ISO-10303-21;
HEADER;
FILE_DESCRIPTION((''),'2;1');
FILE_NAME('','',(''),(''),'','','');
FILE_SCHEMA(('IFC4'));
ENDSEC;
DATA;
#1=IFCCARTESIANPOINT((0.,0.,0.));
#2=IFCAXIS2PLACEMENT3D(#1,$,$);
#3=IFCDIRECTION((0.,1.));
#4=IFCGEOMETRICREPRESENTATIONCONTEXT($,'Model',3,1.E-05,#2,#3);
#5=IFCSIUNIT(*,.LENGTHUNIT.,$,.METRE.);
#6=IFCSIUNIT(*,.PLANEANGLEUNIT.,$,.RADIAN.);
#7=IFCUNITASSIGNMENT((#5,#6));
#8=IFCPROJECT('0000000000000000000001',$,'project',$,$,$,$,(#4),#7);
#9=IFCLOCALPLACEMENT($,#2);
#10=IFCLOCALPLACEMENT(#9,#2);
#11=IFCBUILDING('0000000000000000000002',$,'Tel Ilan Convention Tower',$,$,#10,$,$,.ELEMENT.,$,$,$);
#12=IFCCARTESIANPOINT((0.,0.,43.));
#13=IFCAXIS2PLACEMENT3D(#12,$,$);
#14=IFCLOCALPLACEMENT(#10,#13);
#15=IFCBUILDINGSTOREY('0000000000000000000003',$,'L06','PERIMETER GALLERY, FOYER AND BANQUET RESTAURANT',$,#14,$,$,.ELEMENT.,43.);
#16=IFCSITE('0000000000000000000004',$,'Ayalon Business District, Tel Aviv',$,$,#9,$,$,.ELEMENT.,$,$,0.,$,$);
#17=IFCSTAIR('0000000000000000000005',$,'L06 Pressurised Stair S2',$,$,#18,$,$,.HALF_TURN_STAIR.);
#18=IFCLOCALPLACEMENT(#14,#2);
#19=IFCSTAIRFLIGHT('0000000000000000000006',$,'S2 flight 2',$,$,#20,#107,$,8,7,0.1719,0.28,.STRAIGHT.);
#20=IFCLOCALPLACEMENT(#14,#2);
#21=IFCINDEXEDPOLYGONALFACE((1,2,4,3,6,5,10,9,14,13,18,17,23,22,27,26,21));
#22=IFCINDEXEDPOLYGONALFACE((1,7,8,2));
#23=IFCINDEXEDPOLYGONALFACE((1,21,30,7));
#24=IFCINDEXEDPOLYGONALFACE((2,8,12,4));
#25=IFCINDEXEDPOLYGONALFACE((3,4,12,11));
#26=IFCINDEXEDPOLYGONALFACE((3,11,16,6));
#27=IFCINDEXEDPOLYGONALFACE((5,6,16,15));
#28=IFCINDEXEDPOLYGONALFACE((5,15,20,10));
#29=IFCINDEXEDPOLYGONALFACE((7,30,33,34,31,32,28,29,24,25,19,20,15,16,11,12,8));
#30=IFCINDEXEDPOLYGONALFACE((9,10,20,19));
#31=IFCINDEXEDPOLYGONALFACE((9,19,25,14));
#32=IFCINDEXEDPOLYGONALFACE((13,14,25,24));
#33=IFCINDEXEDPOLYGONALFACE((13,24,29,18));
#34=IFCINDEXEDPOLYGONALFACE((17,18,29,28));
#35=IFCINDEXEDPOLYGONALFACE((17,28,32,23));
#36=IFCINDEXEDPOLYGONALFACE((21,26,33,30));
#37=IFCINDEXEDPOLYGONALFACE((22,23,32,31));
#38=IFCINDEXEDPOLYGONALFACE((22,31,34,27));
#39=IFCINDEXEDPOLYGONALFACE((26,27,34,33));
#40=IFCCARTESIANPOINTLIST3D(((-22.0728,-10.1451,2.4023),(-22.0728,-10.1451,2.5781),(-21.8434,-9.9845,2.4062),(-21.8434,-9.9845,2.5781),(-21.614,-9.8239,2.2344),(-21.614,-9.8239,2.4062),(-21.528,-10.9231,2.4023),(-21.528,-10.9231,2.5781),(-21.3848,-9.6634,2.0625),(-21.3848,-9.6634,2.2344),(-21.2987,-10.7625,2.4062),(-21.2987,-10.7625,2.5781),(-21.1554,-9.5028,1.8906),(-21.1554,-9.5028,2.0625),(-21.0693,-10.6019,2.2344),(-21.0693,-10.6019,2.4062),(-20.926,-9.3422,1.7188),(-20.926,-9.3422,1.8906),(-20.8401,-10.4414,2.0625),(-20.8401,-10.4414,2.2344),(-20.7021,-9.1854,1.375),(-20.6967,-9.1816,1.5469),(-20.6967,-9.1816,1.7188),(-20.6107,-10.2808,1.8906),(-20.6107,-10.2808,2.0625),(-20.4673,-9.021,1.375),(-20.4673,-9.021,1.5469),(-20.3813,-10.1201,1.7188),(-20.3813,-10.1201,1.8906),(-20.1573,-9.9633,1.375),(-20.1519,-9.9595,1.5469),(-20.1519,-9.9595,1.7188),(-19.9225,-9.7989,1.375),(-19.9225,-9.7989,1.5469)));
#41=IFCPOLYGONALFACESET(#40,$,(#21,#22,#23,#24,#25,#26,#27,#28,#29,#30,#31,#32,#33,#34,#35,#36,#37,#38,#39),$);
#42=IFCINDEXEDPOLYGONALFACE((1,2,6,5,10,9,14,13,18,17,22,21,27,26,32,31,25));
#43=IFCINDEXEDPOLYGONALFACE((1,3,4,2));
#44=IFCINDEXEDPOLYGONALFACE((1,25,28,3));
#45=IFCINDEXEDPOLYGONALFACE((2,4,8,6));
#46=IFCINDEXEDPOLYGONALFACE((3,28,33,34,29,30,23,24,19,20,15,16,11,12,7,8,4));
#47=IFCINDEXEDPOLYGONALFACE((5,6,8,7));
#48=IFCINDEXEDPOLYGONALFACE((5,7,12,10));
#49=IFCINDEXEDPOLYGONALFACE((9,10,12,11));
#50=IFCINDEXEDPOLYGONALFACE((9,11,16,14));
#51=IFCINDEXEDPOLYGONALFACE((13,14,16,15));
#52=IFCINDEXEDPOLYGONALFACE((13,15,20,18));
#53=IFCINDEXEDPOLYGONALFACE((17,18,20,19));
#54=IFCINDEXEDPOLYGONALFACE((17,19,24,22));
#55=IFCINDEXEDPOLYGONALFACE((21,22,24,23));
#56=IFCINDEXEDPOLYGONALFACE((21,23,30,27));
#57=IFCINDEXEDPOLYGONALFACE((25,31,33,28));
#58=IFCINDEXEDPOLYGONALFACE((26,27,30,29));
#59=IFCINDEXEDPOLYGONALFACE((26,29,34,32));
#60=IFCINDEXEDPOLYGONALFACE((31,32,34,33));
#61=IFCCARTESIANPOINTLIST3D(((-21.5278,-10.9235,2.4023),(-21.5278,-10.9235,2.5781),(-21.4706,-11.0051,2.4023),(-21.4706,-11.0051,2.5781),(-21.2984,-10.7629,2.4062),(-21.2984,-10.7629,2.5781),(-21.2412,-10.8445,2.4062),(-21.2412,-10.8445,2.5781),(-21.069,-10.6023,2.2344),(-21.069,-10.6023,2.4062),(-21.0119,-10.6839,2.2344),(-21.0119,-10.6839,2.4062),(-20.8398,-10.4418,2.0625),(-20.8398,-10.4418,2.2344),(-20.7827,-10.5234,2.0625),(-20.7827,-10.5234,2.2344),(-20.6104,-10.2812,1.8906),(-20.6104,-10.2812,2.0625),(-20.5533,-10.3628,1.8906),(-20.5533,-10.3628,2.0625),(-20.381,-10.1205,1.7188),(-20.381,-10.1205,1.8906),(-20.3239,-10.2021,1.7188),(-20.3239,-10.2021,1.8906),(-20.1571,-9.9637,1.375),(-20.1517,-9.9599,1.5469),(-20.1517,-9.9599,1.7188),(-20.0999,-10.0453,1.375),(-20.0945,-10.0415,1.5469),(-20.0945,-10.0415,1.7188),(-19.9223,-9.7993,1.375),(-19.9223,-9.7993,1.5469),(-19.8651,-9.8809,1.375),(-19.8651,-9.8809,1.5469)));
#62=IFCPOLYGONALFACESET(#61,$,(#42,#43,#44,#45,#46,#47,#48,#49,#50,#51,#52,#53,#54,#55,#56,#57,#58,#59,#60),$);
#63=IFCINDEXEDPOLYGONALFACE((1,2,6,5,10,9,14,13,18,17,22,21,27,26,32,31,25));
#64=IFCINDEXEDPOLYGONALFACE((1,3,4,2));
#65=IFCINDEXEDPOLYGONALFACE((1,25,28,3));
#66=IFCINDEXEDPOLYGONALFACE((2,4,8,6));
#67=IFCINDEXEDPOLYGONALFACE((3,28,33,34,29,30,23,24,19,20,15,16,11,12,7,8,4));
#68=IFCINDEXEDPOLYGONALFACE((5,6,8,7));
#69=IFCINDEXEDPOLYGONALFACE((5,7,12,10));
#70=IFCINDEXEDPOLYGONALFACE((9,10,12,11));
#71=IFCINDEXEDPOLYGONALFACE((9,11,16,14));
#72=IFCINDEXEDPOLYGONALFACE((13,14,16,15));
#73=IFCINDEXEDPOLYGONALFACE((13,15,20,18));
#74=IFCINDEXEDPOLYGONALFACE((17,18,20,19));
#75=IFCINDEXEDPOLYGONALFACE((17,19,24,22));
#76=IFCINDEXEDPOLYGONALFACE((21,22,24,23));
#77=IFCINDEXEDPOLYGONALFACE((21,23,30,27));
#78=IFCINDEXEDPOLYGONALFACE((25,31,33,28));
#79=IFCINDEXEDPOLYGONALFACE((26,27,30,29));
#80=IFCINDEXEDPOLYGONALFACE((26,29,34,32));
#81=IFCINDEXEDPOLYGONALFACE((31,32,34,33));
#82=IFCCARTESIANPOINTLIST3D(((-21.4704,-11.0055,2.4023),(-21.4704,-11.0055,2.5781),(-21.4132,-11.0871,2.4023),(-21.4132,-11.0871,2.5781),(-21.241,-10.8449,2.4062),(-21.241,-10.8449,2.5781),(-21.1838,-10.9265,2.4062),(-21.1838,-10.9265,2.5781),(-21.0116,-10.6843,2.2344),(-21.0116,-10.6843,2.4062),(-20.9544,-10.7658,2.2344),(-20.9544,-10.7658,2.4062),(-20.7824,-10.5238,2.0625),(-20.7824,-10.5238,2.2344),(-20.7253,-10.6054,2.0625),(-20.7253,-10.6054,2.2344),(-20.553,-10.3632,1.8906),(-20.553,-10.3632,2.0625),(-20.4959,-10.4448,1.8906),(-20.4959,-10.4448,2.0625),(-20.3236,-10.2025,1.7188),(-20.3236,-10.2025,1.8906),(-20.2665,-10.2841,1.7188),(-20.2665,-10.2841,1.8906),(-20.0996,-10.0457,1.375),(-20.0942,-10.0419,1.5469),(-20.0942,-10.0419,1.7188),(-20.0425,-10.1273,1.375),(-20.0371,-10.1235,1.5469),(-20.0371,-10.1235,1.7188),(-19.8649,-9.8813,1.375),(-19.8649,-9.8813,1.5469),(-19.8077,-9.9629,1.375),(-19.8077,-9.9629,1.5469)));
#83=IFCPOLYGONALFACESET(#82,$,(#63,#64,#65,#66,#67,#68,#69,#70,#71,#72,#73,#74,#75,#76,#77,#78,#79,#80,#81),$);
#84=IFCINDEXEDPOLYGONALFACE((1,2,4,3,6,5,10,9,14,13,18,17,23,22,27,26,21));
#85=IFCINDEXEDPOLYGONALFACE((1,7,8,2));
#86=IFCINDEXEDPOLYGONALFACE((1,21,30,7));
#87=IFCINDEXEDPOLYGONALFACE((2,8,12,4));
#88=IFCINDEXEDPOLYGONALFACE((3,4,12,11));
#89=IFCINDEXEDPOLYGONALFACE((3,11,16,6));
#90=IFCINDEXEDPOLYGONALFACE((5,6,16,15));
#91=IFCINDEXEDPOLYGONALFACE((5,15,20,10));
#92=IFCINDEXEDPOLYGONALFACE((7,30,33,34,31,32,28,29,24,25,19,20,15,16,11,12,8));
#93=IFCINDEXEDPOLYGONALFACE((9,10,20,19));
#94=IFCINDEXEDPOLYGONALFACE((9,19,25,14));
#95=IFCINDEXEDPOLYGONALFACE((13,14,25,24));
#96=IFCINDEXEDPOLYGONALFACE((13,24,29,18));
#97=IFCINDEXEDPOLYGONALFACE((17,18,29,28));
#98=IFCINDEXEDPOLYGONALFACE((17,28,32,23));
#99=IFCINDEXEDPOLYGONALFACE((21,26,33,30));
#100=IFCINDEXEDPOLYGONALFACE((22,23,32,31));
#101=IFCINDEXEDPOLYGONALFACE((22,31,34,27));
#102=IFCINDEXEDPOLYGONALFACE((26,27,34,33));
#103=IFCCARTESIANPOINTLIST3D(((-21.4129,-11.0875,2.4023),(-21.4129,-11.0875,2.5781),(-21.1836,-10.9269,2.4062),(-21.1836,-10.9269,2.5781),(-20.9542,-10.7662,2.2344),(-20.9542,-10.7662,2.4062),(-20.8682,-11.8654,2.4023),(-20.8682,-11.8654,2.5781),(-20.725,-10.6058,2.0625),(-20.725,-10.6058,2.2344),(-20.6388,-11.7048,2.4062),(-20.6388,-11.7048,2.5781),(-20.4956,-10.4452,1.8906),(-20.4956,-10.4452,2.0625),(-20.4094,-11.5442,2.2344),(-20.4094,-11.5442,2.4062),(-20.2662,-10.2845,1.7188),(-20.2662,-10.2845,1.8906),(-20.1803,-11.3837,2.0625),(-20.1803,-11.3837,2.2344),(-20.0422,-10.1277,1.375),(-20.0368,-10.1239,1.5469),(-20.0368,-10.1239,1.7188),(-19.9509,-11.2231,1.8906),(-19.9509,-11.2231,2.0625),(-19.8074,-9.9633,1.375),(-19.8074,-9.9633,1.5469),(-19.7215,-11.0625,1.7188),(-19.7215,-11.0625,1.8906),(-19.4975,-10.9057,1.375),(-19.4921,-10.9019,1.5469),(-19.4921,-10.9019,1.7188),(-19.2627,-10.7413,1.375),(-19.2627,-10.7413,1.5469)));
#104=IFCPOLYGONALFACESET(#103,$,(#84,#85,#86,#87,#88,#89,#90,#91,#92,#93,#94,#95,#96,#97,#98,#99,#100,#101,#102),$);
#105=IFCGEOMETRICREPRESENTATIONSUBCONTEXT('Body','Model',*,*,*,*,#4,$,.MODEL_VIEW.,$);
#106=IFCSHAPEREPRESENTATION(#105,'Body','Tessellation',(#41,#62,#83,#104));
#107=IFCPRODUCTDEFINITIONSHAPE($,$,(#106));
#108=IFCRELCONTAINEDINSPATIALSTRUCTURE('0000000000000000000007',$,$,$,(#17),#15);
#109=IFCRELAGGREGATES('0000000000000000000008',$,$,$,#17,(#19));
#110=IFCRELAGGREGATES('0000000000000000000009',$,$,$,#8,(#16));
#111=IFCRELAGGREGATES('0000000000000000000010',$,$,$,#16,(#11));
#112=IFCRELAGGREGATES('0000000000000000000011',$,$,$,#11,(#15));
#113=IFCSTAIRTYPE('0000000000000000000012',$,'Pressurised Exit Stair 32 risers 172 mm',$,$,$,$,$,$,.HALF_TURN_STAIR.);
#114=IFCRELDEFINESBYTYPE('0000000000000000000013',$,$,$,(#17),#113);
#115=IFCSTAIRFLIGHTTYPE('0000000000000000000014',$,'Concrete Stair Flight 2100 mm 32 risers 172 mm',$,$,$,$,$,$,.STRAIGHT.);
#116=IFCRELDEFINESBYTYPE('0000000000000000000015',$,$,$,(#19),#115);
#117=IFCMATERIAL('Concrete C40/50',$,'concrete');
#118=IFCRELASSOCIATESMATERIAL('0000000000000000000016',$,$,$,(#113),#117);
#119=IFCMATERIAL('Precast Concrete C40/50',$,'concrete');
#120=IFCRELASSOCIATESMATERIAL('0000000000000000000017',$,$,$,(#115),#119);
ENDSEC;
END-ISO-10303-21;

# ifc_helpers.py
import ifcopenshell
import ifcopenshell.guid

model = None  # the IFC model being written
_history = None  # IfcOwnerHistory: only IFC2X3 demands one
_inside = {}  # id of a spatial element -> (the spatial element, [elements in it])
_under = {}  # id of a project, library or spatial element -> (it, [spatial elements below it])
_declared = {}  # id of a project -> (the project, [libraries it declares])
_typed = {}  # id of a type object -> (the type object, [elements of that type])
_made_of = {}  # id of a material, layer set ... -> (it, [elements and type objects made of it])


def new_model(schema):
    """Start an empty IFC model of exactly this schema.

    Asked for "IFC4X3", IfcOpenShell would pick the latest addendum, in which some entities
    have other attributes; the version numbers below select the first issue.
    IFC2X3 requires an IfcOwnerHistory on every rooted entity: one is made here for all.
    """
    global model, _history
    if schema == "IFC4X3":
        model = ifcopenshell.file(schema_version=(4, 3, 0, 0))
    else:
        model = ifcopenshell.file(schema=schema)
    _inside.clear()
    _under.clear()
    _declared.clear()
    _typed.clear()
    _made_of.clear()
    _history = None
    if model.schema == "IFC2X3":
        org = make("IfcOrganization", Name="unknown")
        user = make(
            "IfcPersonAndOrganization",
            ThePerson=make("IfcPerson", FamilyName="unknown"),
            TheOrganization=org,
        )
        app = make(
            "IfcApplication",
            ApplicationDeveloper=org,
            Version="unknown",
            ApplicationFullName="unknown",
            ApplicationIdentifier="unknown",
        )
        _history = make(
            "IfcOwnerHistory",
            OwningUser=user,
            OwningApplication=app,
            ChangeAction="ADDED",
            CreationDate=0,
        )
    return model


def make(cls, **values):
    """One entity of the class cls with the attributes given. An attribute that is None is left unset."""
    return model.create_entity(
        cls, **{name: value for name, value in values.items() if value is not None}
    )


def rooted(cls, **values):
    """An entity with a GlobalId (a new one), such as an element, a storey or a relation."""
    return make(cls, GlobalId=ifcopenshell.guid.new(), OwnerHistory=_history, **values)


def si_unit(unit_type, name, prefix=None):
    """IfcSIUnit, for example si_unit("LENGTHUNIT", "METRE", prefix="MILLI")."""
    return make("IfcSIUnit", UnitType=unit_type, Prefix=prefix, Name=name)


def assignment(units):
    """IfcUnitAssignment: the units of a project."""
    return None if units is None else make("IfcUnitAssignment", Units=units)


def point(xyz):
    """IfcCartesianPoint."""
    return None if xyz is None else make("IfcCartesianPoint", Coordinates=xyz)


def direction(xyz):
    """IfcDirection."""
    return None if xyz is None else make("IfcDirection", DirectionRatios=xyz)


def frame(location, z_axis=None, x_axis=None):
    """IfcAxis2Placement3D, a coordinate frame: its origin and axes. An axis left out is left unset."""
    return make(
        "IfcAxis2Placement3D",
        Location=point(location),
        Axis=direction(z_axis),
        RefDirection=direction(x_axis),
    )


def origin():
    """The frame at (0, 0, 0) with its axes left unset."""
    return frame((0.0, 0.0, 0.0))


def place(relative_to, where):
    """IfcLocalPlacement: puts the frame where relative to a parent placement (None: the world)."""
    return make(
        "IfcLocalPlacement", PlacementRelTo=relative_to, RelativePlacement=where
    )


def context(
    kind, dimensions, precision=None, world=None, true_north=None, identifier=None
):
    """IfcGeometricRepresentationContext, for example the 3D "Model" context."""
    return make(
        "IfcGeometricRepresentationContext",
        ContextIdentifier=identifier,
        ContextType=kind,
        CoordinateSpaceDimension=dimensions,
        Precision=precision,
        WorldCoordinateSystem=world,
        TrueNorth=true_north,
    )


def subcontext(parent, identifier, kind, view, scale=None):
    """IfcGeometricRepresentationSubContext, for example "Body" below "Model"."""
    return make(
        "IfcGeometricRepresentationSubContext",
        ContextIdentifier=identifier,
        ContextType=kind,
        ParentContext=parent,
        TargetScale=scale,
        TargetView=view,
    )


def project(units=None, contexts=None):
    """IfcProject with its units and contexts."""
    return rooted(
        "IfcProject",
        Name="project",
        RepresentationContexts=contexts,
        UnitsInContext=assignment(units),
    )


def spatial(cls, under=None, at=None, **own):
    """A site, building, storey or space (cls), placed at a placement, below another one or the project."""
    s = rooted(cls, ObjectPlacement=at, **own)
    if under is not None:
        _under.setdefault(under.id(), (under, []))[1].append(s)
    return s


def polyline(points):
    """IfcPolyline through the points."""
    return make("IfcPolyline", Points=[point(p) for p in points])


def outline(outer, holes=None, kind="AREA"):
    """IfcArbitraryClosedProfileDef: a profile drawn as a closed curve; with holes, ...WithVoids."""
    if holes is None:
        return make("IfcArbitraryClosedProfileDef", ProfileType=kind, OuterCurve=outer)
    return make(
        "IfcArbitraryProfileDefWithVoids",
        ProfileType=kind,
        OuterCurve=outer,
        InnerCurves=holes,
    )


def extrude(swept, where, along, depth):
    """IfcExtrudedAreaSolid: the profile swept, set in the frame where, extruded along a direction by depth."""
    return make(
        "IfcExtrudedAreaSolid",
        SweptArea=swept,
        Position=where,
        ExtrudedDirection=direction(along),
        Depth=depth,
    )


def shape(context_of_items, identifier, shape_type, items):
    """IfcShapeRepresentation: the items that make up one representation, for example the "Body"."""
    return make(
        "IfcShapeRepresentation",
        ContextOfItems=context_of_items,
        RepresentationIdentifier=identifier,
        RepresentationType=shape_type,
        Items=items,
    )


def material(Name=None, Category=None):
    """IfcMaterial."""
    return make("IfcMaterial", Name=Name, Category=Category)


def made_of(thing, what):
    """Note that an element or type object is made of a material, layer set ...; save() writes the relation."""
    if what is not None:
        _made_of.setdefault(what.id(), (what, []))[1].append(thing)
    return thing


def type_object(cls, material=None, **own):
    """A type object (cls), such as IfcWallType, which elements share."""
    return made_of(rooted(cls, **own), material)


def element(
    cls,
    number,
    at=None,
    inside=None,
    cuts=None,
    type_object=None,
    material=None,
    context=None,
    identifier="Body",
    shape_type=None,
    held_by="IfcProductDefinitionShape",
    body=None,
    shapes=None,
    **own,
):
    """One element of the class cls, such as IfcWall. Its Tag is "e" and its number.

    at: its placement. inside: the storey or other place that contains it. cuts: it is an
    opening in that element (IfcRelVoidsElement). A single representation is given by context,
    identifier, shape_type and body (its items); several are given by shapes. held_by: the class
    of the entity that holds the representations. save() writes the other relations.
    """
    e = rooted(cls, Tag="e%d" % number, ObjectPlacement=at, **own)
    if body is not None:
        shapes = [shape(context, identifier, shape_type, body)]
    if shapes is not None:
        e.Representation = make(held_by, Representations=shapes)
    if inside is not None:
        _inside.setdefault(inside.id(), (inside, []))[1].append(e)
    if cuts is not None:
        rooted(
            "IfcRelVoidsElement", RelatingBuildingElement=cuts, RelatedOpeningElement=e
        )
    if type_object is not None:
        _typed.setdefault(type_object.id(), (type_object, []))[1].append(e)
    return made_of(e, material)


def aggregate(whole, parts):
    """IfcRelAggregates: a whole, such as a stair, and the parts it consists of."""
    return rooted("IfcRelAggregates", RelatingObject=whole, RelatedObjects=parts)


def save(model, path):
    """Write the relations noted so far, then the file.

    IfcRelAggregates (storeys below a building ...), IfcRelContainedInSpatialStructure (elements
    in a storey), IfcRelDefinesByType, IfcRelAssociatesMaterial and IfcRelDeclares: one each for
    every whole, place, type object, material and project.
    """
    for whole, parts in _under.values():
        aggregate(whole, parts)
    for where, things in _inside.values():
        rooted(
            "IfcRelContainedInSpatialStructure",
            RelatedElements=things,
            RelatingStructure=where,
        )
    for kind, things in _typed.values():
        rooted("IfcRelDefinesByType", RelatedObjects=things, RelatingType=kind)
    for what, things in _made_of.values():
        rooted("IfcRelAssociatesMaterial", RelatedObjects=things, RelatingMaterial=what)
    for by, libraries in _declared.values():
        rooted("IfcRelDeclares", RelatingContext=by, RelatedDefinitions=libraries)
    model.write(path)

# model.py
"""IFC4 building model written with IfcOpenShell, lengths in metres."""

from ifc_helpers import new_model, si_unit, direction, frame, origin, place, context, subcontext, project, spatial, polyline, outline, extrude, material, type_object, element, aggregate, save


model = new_model("IFC4")

# Units and contexts
model_context = context("Model", 3, precision=1e-05, world=origin(), true_north=direction((0.0, 1.0)))
body_context = subcontext(model_context, "Body", "Model", "MODEL_VIEW")
ifc_project = project(units=[si_unit("LENGTHUNIT", "METRE"), si_unit("PLANEANGLEUNIT", "RADIAN")], contexts=[model_context])

# Site, building, storey
site_placement = place(None, origin())
site = spatial("IfcSite", under=ifc_project, at=site_placement, Name="Ayalon Business District, Tel Aviv", CompositionType="ELEMENT", RefElevation=0.0)
building_placement = place(site_placement, origin())
building = spatial("IfcBuilding", under=site, at=building_placement, Name="Tel Ilan Convention Tower", CompositionType="ELEMENT")
storey_placement = place(building_placement, frame((0.0, 0.0, 43.0)))
storey = spatial("IfcBuildingStorey", under=building, at=storey_placement, Name="L06", Description="PERIMETER GALLERY, FOYER AND BANQUET RESTAURANT", CompositionType="ELEMENT", Elevation=43.0)

# Stair, stair flight
ifc_material_1 = material(Name="Concrete C40/50", Category="concrete")
stair_type = type_object("IfcStairType", Name="Pressurised Exit Stair 32 risers 172 mm", PredefinedType="HALF_TURN_STAIR", material=ifc_material_1)
ifc_material_2 = material(Name="Precast Concrete C40/50", Category="concrete")
stair_flight_type = type_object("IfcStairFlightType", Name="Concrete Stair Flight 2100 mm 32 risers 172 mm", PredefinedType="STRAIGHT", material=ifc_material_2)
stair_1_placement = place(storey_placement, origin())
stair_1 = element("IfcStair", 1, at=stair_1_placement, inside=storey, type_object=stair_type, Name="L06 Pressurised Stair S2", PredefinedType="HALF_TURN_STAIR")
stair_flight_1_placement = place(storey_placement, frame((-19.865, -9.8811, 1.375), z_axis=(0.0, 0.0, 1.0), x_axis=(-0.819152, -0.573576, 0.0)))
stair_flight_1 = element("IfcStairFlight", 2, at=stair_flight_1_placement, type_object=stair_flight_type, Name="S2 flight 2", NumberOfRisers=8, NumberOfTreads=7, PredefinedType="STRAIGHT", RiserHeight=0.1719, TreadLength=0.28, context=body_context, shape_type="SweptSolid", body=[
    extrude(outline(polyline([(0.0, 0.0), (0.0, 0.1719), (0.28, 0.1719), (0.28, 0.3438), (0.5601, 0.3438), (0.5601, 0.5156), (0.8401, 0.5156), (0.8401, 0.6875), (1.1201, 0.6875), (1.1201, 0.8594), (1.3999, 0.8594), (1.3999, 1.0312), (1.6799, 1.0312), (1.6799, 1.2031), (1.96, 1.2031), (1.96, 1.375), (1.96, 1.0273), (0.2866, 0.0), (0.0, 0.0)])), frame((0.0, -0.1003, 0.0), z_axis=(0.0, -1.0, 0.0), x_axis=(1.0, 0.0, 0.0)), (0.0, 0.0, 1.0), 0.9497),
    extrude(outline(polyline([(0.0, 0.0), (0.0, 0.1719), (0.28, 0.1719), (0.28, 0.3438), (0.5601, 0.3438), (0.5601, 0.5156), (0.8401, 0.5156), (0.8401, 0.6875), (1.1201, 0.6875), (1.1201, 0.8594), (1.3999, 0.8594), (1.3999, 1.0312), (1.6799, 1.0312), (1.6799, 1.2031), (1.96, 1.2031), (1.96, 1.375), (1.96, 1.0273), (0.2866, 0.0), (0.0, 0.0)])), frame((0.0, -0.0002, 0.0), z_axis=(0.0, -1.0, 0.0), x_axis=(1.0, 0.0, 0.0)), (0.0, 0.0, 1.0), 0.0996),
    extrude(outline(polyline([(0.0, 0.0), (0.0, 0.1719), (0.28, 0.1719), (0.28, 0.3438), (0.5601, 0.3438), (0.5601, 0.5156), (0.8401, 0.5156), (0.8401, 0.6875), (1.1201, 0.6875), (1.1201, 0.8594), (1.3999, 0.8594), (1.3999, 1.0312), (1.6799, 1.0312), (1.6799, 1.2031), (1.96, 1.2031), (1.96, 1.375), (1.96, 1.0273), (0.2866, 0.0), (0.0, 0.0)])), frame((0.0, 0.0999, 0.0), z_axis=(0.0, -1.0, 0.0), x_axis=(1.0, 0.0, 0.0)), (0.0, 0.0, 1.0), 0.0996),
    extrude(outline(polyline([(0.0, 0.0), (0.0, 0.1719), (0.28, 0.1719), (0.28, 0.3438), (0.5601, 0.3438), (0.5601, 0.5156), (0.8401, 0.5156), (0.8401, 0.6875), (1.1201, 0.6875), (1.1201, 0.8594), (1.3999, 0.8594), (1.3999, 1.0312), (1.6799, 1.0312), (1.6799, 1.2031), (1.96, 1.2031), (1.96, 1.375), (1.96, 1.0273), (0.2866, 0.0), (0.0, 0.0)])), frame((0.0, 1.05, 0.0), z_axis=(0.0, -1.0, 0.0), x_axis=(1.0, 0.0, 0.0)), (0.0, 0.0, 1.0), 0.9497),
])
aggregate(stair_1, [stair_flight_1])

save(model, "model.ifc")
